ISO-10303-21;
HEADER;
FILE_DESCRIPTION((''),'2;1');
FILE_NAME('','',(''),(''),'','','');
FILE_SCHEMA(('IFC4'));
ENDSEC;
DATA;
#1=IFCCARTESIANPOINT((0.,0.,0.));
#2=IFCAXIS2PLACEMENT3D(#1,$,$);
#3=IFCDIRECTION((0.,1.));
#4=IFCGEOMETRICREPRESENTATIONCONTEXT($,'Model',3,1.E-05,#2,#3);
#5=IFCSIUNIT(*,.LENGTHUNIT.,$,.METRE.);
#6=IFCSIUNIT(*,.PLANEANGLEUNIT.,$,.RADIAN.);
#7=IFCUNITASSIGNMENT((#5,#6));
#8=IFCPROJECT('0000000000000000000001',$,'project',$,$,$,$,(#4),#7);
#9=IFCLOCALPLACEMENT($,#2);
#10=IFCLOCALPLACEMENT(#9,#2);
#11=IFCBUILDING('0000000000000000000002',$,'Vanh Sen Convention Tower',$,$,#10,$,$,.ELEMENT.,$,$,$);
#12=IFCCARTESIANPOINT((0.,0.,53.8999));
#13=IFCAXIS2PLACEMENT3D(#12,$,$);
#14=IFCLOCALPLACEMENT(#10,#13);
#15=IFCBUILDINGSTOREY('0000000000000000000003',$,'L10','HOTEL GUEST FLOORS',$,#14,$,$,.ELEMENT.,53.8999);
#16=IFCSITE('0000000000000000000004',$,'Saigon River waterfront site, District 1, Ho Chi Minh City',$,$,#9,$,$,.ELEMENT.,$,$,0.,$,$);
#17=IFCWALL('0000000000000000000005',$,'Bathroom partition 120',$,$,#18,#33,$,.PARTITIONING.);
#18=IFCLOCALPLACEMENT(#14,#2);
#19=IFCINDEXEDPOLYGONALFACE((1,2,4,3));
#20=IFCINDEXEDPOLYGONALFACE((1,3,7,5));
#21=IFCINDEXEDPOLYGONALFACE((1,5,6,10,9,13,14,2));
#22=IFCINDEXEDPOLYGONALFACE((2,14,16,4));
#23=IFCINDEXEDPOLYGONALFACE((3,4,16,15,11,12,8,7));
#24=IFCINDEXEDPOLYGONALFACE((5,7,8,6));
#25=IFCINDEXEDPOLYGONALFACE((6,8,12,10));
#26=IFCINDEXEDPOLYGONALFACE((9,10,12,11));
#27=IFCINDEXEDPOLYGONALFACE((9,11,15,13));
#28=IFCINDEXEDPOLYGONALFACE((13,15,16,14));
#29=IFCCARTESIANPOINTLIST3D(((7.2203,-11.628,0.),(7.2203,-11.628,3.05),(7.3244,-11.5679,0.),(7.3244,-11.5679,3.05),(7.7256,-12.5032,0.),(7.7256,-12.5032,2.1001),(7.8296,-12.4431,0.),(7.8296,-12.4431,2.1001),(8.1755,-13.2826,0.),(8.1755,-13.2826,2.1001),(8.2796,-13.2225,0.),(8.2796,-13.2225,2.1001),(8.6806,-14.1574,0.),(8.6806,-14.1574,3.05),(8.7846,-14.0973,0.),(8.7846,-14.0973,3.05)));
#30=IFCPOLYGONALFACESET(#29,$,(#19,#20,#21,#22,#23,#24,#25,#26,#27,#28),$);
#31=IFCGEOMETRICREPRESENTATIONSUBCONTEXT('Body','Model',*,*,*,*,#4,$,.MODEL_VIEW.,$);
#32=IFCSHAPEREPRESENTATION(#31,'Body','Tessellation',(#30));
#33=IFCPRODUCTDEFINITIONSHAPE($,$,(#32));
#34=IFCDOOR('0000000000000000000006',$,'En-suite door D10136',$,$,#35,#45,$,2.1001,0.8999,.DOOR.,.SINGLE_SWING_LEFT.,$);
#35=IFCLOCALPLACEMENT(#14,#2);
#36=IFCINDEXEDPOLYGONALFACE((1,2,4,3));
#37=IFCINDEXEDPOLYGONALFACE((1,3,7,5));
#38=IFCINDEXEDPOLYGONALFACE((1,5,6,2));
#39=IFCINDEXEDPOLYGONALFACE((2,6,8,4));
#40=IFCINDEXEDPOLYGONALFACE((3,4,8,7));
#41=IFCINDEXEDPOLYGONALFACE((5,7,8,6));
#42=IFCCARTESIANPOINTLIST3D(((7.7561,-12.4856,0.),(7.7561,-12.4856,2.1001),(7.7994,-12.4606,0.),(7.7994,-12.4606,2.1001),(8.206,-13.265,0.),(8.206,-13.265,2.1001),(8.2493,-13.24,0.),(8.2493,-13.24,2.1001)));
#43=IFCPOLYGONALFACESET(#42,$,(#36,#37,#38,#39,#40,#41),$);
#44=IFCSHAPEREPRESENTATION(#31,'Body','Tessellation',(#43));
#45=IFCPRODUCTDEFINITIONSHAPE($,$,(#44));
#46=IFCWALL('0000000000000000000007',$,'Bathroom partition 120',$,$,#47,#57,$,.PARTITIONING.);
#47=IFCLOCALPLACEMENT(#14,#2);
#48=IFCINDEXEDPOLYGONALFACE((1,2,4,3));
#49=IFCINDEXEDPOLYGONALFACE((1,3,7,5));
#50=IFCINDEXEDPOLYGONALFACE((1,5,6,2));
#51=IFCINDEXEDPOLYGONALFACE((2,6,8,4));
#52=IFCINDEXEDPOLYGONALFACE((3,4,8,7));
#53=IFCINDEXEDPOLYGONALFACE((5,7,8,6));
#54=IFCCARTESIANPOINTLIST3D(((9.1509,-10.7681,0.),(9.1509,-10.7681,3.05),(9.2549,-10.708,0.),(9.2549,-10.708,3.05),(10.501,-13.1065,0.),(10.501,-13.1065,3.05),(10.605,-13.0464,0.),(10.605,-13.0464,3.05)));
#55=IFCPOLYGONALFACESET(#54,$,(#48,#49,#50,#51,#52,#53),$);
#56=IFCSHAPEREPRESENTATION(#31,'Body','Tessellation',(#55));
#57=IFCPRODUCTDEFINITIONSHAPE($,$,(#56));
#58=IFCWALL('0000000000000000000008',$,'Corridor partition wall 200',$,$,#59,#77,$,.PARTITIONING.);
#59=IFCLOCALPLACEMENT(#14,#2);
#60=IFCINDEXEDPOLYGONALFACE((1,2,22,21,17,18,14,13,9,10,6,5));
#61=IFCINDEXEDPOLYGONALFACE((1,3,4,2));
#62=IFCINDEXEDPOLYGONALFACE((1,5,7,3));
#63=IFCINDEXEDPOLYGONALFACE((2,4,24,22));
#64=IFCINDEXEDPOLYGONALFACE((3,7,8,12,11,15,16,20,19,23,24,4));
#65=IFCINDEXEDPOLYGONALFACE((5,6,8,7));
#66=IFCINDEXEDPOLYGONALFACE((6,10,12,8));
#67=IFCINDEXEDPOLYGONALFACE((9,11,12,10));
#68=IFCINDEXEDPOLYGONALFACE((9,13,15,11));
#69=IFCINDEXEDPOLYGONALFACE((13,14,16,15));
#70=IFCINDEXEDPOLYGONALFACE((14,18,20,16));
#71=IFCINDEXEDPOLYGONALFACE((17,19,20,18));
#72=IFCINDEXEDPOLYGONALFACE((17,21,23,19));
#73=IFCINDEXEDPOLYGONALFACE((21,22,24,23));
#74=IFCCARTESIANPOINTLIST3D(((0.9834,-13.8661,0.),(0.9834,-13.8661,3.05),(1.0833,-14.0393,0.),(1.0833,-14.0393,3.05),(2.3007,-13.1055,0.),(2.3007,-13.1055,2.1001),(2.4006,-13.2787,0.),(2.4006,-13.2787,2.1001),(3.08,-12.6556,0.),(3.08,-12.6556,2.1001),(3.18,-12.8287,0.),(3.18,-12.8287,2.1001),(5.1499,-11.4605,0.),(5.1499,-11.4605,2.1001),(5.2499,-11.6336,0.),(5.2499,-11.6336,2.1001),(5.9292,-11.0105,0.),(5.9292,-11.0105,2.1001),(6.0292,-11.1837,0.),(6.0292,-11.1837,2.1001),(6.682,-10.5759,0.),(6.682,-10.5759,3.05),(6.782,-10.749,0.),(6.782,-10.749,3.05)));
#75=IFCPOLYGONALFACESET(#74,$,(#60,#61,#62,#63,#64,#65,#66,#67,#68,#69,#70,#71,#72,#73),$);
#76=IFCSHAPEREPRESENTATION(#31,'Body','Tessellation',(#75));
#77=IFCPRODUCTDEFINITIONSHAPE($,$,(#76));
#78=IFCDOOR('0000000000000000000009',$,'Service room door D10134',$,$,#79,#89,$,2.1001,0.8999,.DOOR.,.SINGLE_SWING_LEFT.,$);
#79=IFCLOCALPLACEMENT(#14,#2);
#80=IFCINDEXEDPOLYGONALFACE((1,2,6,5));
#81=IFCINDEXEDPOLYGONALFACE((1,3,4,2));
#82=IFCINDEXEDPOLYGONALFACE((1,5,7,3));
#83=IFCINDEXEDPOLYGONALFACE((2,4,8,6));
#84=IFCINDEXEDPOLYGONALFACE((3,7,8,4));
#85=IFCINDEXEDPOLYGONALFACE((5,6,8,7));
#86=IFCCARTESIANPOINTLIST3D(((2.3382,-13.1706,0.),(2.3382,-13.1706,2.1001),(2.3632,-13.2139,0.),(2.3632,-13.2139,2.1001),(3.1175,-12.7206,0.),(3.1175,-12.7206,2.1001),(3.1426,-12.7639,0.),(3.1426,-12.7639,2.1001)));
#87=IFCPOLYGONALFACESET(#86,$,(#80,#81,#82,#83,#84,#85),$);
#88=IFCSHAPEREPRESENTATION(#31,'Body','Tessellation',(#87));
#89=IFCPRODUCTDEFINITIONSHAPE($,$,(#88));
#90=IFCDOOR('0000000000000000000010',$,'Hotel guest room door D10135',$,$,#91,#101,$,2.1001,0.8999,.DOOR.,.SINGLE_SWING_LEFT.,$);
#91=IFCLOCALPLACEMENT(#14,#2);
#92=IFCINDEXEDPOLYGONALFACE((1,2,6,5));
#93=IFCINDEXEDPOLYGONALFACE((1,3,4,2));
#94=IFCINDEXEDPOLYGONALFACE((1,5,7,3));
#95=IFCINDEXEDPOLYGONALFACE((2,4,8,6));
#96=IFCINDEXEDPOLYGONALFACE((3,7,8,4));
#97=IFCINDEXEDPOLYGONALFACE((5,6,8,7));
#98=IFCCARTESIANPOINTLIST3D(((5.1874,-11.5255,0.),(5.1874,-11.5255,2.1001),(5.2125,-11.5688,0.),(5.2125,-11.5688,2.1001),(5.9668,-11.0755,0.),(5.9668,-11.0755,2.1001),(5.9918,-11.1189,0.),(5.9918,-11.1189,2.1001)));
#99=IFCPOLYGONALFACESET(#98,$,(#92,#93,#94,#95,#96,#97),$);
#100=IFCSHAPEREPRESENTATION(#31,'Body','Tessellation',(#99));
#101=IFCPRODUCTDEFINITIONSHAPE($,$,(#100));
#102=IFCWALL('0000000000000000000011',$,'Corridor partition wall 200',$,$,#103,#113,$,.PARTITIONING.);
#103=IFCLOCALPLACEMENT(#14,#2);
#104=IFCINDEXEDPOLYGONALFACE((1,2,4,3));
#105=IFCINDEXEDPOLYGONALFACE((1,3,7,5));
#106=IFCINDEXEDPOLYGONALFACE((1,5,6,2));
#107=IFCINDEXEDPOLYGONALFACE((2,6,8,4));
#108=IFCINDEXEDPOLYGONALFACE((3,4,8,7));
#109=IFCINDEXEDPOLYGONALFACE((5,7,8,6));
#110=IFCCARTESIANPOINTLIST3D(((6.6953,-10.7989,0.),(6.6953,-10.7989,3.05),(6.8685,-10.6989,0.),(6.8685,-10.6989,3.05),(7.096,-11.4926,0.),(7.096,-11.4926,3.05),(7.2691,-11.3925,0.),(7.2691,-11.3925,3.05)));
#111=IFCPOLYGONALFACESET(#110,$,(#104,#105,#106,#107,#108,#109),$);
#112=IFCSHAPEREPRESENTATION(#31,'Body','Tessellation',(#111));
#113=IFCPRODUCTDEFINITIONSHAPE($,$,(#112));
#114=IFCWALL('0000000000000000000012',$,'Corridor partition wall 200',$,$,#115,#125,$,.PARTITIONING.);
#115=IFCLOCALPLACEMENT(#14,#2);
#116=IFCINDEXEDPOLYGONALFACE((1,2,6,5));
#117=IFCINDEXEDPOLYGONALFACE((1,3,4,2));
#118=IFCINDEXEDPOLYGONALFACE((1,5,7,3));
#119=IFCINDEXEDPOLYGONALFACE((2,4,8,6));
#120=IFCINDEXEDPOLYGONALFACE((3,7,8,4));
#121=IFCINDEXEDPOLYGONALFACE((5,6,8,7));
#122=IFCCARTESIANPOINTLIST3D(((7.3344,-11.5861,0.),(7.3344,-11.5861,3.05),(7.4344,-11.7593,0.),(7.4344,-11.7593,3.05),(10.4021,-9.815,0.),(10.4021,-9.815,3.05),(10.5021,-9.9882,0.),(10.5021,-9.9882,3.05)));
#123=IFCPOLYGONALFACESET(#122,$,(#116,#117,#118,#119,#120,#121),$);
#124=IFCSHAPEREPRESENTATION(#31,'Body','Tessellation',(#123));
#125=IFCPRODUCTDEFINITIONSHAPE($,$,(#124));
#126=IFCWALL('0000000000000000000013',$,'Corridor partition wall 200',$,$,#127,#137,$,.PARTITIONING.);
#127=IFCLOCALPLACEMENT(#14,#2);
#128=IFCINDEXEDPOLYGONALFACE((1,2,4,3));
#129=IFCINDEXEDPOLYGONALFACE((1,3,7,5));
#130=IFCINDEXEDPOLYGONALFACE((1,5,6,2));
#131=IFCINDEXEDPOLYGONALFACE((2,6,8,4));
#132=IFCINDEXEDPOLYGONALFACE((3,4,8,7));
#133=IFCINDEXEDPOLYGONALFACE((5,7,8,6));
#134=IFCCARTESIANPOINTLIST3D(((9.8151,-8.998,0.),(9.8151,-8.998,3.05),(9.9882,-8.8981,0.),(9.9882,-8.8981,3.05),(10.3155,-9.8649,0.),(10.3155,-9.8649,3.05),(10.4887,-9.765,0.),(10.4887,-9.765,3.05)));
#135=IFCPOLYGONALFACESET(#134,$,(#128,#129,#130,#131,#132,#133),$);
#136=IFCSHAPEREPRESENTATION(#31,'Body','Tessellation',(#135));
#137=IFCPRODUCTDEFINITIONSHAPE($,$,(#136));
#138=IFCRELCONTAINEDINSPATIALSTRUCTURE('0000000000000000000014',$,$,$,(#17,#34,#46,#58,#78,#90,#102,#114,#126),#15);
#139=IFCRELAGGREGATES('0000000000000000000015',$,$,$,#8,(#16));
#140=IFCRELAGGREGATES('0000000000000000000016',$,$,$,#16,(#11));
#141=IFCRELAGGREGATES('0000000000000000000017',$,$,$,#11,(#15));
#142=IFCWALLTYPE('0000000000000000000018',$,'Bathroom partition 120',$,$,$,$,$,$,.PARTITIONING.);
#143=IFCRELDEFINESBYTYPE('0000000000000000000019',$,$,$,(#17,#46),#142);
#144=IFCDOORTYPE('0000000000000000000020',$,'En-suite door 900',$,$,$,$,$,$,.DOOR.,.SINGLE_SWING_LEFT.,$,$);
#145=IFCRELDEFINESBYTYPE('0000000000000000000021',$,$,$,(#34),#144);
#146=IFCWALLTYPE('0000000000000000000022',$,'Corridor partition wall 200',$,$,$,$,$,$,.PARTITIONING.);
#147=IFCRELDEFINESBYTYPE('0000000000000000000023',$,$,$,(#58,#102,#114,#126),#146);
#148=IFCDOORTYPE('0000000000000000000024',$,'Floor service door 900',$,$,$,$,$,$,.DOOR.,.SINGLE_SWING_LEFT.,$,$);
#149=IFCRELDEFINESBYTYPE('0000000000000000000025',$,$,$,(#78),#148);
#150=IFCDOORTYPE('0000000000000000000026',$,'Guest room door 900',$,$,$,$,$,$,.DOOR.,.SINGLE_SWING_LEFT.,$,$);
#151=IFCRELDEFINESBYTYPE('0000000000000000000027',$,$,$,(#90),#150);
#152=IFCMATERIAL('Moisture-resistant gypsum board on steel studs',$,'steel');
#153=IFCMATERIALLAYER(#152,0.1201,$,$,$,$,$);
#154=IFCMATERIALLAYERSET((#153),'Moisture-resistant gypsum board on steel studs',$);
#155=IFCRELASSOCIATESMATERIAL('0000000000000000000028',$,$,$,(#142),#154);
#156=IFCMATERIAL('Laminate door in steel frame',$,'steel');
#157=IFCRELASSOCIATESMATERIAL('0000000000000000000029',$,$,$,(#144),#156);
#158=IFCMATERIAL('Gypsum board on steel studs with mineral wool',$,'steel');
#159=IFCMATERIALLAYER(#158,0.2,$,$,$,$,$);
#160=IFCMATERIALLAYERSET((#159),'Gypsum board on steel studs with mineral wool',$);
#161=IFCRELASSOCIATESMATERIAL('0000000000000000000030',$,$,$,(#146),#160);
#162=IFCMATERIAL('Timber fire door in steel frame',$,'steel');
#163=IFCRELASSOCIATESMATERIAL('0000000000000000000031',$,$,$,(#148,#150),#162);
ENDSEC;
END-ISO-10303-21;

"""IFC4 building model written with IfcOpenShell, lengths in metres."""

from ifc_helpers import new_model, si_unit, direction, frame, frame_2d, origin, place, context, subcontext, project, spatial, rectangle, extrude, material, layer, layer_set, type_object, element, fill, save


model = new_model("IFC4")

# Units and contexts
model_context = context("Model", 3, precision=1e-05, world=origin(), true_north=direction((0.0, 1.0)))
body_context = subcontext(model_context, "Body", "Model", "MODEL_VIEW")
ifc_project = project(units=[si_unit("LENGTHUNIT", "METRE"), si_unit("PLANEANGLEUNIT", "RADIAN")], contexts=[model_context])

# Site, building, storey
site_placement = place(None, origin())
site = spatial("IfcSite", under=ifc_project, at=site_placement, Name="Saigon River waterfront site, District 1, Ho Chi Minh City", CompositionType="ELEMENT", RefElevation=0.0)
building_placement = place(site_placement, origin())
building = spatial("IfcBuilding", under=site, at=building_placement, Name="Vanh Sen Convention Tower", CompositionType="ELEMENT")
storey_placement = place(building_placement, frame((0.0, 0.0, 53.8999)))
storey = spatial("IfcBuildingStorey", under=building, at=storey_placement, Name="L10", Description="HOTEL GUEST FLOORS", CompositionType="ELEMENT", Elevation=53.8999)

# Wall, opening, door
ifc_material_1 = material(Name="Moisture-resistant gypsum board on steel studs", Category="steel")
ifc_layer_1 = layer(ifc_material_1, 0.1201)
ifc_layer_set_1 = layer_set([ifc_layer_1], Name="Moisture-resistant gypsum board on steel studs")
wall_type_1 = type_object("IfcWallType", Name="Bathroom partition 120", PredefinedType="PARTITIONING", material=ifc_layer_set_1)
wall_1_placement = place(storey_placement, frame((8.7327, -14.1274, 0.0), z_axis=(0.0, 0.0, 1.0), x_axis=(-0.499978, 0.866038, 0.0)))
wall_1 = element("IfcWall", 1, at=wall_1_placement, inside=storey, type_object=wall_type_1, Name="Bathroom partition 120", PredefinedType="PARTITIONING", context=body_context, shape_type="SweptSolid", body=[
    extrude(rectangle(XDim=2.9207, YDim=0.1201, at=frame_2d((1.4604, 0.0))), origin(), (0.0, 0.0, 1.0), 3.05),
])
opening_1_placement = place(wall_1_placement, frame((1.0103, 0.0, 0.0)))
opening_1 = element("IfcOpeningElement", 2, at=opening_1_placement, cuts=wall_1, PredefinedType="OPENING", context=body_context, shape_type="SweptSolid", body=[
    extrude(rectangle(XDim=0.8999, YDim=2.1001, at=frame_2d((0.45, 1.05))), frame((0.0, 0.0701, 0.0), z_axis=(0.0, -1.0, 0.0), x_axis=(1.0, 0.0, 0.0)), (0.0, 0.0, 1.0), 0.1401),
])
ifc_material_2 = material(Name="Laminate door in steel frame", Category="steel")
door_type_1 = type_object("IfcDoorType", Name="En-suite door 900", OperationType="SINGLE_SWING_LEFT", PredefinedType="DOOR", material=ifc_material_2)
door_1_placement = place(opening_1_placement, origin())
door_1 = element("IfcDoor", 3, at=door_1_placement, inside=storey, type_object=door_type_1, Name="En-suite door D10136", OperationType="SINGLE_SWING_LEFT", OverallHeight=2.1001, OverallWidth=0.8999, PredefinedType="DOOR", context=body_context, shape_type="SweptSolid", body=[
    extrude(rectangle(XDim=0.8999, YDim=2.1001, at=frame_2d((0.45, 1.05))), frame((0.0, 0.0249, 0.0), z_axis=(0.0, -1.0, 0.0), x_axis=(1.0, 0.0, 0.0)), (0.0, 0.0, 1.0), 0.05),
])
fill(opening_1, door_1)

# Wall
wall_2_placement = place(storey_placement, frame((9.2029, -10.738, 0.0), z_axis=(0.0, 0.0, 1.0), x_axis=(0.500009, -0.86602, 0.0)))
element("IfcWall", 4, at=wall_2_placement, inside=storey, type_object=wall_type_1, Name="Bathroom partition 120", PredefinedType="PARTITIONING", context=body_context, shape_type="SweptSolid", body=[
    extrude(rectangle(XDim=2.7002, YDim=0.1201, at=frame_2d((1.3501, 0.0))), origin(), (0.0, 0.0, 1.0), 3.05),
])

# Wall, openings, doors
ifc_material_3 = material(Name="Gypsum board on steel studs with mineral wool", Category="steel")
ifc_layer_2 = layer(ifc_material_3, 0.2)
ifc_layer_set_2 = layer_set([ifc_layer_2], Name="Gypsum board on steel studs with mineral wool")
wall_type_2 = type_object("IfcWallType", Name="Corridor partition wall 200", PredefinedType="PARTITIONING", material=ifc_layer_set_2)
wall_3_placement = place(storey_placement, frame((1.0334, -13.9526, 0.0), z_axis=(0.0, 0.0, 1.0), x_axis=(0.866018, 0.500014, 0.0)))
wall_3 = element("IfcWall", 5, at=wall_3_placement, inside=storey, type_object=wall_type_2, Name="Corridor partition wall 200", PredefinedType="PARTITIONING", context=body_context, shape_type="SweptSolid", body=[
    extrude(rectangle(XDim=6.5803, YDim=0.2, at=frame_2d((3.29, 0.0))), origin(), (0.0, 0.0, 1.0), 3.05),
])
opening_2_placement = place(wall_3_placement, frame((1.521, 0.0, 0.0)))
opening_2 = element("IfcOpeningElement", 6, at=opening_2_placement, cuts=wall_3, PredefinedType="OPENING", context=body_context, shape_type="SweptSolid", body=[
    extrude(rectangle(XDim=0.8999, YDim=2.1001, at=frame_2d((0.45, 1.05))), frame((0.0, 0.1099, 0.0), z_axis=(0.0, -1.0, 0.0), x_axis=(1.0, 0.0, 0.0)), (0.0, 0.0, 1.0), 0.22),
])
opening_3_placement = place(wall_3_placement, frame((4.811, 0.0, 0.0)))
opening_3 = element("IfcOpeningElement", 7, at=opening_3_placement, cuts=wall_3, PredefinedType="OPENING", context=body_context, shape_type="SweptSolid", body=[
    extrude(rectangle(XDim=0.8999, YDim=2.1001, at=frame_2d((0.45, 1.05))), frame((0.0, 0.1099, 0.0), z_axis=(0.0, -1.0, 0.0), x_axis=(1.0, 0.0, 0.0)), (0.0, 0.0, 1.0), 0.22),
])
ifc_material_4 = material(Name="Timber fire door in steel frame", Category="steel")
door_type_2 = type_object("IfcDoorType", Name="Floor service door 900", OperationType="SINGLE_SWING_LEFT", PredefinedType="DOOR", material=ifc_material_4)
door_2_placement = place(opening_2_placement, origin())
door_2 = element("IfcDoor", 8, at=door_2_placement, inside=storey, type_object=door_type_2, Name="Service room door D10134", OperationType="SINGLE_SWING_LEFT", OverallHeight=2.1001, OverallWidth=0.8999, PredefinedType="DOOR", context=body_context, shape_type="SweptSolid", body=[
    extrude(rectangle(XDim=0.8999, YDim=2.1001, at=frame_2d((0.45, 1.05))), frame((0.0, 0.0249, 0.0), z_axis=(0.0, -1.0, 0.0), x_axis=(1.0, 0.0, 0.0)), (0.0, 0.0, 1.0), 0.05),
])
fill(opening_2, door_2)
door_type_3 = type_object("IfcDoorType", Name="Guest room door 900", OperationType="SINGLE_SWING_LEFT", PredefinedType="DOOR", material=ifc_material_4)
door_3_placement = place(opening_3_placement, origin())
door_3 = element("IfcDoor", 9, at=door_3_placement, inside=storey, type_object=door_type_3, Name="Hotel guest room door D10135", OperationType="SINGLE_SWING_LEFT", OverallHeight=2.1001, OverallWidth=0.8999, PredefinedType="DOOR", context=body_context, shape_type="SweptSolid", body=[
    extrude(rectangle(XDim=0.8999, YDim=2.1001, at=frame_2d((0.45, 1.05))), frame((0.0, 0.0249, 0.0), z_axis=(0.0, -1.0, 0.0), x_axis=(1.0, 0.0, 0.0)), (0.0, 0.0, 1.0), 0.05),
])
fill(opening_3, door_3)

# Walls
wall_4_placement = place(storey_placement, frame((6.782, -10.749, 0.0), z_axis=(0.0, 0.0, 1.0), x_axis=(0.500171, -0.865927, 0.0)))
element("IfcWall", 10, at=wall_4_placement, inside=storey, type_object=wall_type_2, Name="Corridor partition wall 200", PredefinedType="PARTITIONING", context=body_context, shape_type="SweptSolid", body=[
    extrude(rectangle(XDim=0.801, YDim=0.2, at=frame_2d((0.4004, 0.0))), origin(), (0.0, 0.0, 1.0), 3.05),
])
wall_5_placement = place(storey_placement, frame((7.3845, -11.6726, 0.0), z_axis=(0.0, 0.0, 1.0), x_axis=(0.866038, 0.499979, 0.0)))
element("IfcWall", 11, at=wall_5_placement, inside=storey, type_object=wall_type_2, Name="Corridor partition wall 200", PredefinedType="PARTITIONING", context=body_context, shape_type="SweptSolid", body=[
    extrude(rectangle(XDim=3.5422, YDim=0.2, at=frame_2d((1.771, 0.0))), origin(), (0.0, 0.0, 1.0), 3.05),
])
wall_6_placement = place(storey_placement, frame((10.4021, -9.8149, 0.0), z_axis=(0.0, 0.0, 1.0), x_axis=(-0.499969, 0.866043, 0.0)))
element("IfcWall", 12, at=wall_6_placement, inside=storey, type_object=wall_type_2, Name="Corridor partition wall 200", PredefinedType="PARTITIONING", context=body_context, shape_type="SweptSolid", body=[
    extrude(rectangle(XDim=1.001, YDim=0.2, at=frame_2d((0.5005, 0.0))), origin(), (0.0, 0.0, 1.0), 3.05),
])

save(model, "model.ifc")
